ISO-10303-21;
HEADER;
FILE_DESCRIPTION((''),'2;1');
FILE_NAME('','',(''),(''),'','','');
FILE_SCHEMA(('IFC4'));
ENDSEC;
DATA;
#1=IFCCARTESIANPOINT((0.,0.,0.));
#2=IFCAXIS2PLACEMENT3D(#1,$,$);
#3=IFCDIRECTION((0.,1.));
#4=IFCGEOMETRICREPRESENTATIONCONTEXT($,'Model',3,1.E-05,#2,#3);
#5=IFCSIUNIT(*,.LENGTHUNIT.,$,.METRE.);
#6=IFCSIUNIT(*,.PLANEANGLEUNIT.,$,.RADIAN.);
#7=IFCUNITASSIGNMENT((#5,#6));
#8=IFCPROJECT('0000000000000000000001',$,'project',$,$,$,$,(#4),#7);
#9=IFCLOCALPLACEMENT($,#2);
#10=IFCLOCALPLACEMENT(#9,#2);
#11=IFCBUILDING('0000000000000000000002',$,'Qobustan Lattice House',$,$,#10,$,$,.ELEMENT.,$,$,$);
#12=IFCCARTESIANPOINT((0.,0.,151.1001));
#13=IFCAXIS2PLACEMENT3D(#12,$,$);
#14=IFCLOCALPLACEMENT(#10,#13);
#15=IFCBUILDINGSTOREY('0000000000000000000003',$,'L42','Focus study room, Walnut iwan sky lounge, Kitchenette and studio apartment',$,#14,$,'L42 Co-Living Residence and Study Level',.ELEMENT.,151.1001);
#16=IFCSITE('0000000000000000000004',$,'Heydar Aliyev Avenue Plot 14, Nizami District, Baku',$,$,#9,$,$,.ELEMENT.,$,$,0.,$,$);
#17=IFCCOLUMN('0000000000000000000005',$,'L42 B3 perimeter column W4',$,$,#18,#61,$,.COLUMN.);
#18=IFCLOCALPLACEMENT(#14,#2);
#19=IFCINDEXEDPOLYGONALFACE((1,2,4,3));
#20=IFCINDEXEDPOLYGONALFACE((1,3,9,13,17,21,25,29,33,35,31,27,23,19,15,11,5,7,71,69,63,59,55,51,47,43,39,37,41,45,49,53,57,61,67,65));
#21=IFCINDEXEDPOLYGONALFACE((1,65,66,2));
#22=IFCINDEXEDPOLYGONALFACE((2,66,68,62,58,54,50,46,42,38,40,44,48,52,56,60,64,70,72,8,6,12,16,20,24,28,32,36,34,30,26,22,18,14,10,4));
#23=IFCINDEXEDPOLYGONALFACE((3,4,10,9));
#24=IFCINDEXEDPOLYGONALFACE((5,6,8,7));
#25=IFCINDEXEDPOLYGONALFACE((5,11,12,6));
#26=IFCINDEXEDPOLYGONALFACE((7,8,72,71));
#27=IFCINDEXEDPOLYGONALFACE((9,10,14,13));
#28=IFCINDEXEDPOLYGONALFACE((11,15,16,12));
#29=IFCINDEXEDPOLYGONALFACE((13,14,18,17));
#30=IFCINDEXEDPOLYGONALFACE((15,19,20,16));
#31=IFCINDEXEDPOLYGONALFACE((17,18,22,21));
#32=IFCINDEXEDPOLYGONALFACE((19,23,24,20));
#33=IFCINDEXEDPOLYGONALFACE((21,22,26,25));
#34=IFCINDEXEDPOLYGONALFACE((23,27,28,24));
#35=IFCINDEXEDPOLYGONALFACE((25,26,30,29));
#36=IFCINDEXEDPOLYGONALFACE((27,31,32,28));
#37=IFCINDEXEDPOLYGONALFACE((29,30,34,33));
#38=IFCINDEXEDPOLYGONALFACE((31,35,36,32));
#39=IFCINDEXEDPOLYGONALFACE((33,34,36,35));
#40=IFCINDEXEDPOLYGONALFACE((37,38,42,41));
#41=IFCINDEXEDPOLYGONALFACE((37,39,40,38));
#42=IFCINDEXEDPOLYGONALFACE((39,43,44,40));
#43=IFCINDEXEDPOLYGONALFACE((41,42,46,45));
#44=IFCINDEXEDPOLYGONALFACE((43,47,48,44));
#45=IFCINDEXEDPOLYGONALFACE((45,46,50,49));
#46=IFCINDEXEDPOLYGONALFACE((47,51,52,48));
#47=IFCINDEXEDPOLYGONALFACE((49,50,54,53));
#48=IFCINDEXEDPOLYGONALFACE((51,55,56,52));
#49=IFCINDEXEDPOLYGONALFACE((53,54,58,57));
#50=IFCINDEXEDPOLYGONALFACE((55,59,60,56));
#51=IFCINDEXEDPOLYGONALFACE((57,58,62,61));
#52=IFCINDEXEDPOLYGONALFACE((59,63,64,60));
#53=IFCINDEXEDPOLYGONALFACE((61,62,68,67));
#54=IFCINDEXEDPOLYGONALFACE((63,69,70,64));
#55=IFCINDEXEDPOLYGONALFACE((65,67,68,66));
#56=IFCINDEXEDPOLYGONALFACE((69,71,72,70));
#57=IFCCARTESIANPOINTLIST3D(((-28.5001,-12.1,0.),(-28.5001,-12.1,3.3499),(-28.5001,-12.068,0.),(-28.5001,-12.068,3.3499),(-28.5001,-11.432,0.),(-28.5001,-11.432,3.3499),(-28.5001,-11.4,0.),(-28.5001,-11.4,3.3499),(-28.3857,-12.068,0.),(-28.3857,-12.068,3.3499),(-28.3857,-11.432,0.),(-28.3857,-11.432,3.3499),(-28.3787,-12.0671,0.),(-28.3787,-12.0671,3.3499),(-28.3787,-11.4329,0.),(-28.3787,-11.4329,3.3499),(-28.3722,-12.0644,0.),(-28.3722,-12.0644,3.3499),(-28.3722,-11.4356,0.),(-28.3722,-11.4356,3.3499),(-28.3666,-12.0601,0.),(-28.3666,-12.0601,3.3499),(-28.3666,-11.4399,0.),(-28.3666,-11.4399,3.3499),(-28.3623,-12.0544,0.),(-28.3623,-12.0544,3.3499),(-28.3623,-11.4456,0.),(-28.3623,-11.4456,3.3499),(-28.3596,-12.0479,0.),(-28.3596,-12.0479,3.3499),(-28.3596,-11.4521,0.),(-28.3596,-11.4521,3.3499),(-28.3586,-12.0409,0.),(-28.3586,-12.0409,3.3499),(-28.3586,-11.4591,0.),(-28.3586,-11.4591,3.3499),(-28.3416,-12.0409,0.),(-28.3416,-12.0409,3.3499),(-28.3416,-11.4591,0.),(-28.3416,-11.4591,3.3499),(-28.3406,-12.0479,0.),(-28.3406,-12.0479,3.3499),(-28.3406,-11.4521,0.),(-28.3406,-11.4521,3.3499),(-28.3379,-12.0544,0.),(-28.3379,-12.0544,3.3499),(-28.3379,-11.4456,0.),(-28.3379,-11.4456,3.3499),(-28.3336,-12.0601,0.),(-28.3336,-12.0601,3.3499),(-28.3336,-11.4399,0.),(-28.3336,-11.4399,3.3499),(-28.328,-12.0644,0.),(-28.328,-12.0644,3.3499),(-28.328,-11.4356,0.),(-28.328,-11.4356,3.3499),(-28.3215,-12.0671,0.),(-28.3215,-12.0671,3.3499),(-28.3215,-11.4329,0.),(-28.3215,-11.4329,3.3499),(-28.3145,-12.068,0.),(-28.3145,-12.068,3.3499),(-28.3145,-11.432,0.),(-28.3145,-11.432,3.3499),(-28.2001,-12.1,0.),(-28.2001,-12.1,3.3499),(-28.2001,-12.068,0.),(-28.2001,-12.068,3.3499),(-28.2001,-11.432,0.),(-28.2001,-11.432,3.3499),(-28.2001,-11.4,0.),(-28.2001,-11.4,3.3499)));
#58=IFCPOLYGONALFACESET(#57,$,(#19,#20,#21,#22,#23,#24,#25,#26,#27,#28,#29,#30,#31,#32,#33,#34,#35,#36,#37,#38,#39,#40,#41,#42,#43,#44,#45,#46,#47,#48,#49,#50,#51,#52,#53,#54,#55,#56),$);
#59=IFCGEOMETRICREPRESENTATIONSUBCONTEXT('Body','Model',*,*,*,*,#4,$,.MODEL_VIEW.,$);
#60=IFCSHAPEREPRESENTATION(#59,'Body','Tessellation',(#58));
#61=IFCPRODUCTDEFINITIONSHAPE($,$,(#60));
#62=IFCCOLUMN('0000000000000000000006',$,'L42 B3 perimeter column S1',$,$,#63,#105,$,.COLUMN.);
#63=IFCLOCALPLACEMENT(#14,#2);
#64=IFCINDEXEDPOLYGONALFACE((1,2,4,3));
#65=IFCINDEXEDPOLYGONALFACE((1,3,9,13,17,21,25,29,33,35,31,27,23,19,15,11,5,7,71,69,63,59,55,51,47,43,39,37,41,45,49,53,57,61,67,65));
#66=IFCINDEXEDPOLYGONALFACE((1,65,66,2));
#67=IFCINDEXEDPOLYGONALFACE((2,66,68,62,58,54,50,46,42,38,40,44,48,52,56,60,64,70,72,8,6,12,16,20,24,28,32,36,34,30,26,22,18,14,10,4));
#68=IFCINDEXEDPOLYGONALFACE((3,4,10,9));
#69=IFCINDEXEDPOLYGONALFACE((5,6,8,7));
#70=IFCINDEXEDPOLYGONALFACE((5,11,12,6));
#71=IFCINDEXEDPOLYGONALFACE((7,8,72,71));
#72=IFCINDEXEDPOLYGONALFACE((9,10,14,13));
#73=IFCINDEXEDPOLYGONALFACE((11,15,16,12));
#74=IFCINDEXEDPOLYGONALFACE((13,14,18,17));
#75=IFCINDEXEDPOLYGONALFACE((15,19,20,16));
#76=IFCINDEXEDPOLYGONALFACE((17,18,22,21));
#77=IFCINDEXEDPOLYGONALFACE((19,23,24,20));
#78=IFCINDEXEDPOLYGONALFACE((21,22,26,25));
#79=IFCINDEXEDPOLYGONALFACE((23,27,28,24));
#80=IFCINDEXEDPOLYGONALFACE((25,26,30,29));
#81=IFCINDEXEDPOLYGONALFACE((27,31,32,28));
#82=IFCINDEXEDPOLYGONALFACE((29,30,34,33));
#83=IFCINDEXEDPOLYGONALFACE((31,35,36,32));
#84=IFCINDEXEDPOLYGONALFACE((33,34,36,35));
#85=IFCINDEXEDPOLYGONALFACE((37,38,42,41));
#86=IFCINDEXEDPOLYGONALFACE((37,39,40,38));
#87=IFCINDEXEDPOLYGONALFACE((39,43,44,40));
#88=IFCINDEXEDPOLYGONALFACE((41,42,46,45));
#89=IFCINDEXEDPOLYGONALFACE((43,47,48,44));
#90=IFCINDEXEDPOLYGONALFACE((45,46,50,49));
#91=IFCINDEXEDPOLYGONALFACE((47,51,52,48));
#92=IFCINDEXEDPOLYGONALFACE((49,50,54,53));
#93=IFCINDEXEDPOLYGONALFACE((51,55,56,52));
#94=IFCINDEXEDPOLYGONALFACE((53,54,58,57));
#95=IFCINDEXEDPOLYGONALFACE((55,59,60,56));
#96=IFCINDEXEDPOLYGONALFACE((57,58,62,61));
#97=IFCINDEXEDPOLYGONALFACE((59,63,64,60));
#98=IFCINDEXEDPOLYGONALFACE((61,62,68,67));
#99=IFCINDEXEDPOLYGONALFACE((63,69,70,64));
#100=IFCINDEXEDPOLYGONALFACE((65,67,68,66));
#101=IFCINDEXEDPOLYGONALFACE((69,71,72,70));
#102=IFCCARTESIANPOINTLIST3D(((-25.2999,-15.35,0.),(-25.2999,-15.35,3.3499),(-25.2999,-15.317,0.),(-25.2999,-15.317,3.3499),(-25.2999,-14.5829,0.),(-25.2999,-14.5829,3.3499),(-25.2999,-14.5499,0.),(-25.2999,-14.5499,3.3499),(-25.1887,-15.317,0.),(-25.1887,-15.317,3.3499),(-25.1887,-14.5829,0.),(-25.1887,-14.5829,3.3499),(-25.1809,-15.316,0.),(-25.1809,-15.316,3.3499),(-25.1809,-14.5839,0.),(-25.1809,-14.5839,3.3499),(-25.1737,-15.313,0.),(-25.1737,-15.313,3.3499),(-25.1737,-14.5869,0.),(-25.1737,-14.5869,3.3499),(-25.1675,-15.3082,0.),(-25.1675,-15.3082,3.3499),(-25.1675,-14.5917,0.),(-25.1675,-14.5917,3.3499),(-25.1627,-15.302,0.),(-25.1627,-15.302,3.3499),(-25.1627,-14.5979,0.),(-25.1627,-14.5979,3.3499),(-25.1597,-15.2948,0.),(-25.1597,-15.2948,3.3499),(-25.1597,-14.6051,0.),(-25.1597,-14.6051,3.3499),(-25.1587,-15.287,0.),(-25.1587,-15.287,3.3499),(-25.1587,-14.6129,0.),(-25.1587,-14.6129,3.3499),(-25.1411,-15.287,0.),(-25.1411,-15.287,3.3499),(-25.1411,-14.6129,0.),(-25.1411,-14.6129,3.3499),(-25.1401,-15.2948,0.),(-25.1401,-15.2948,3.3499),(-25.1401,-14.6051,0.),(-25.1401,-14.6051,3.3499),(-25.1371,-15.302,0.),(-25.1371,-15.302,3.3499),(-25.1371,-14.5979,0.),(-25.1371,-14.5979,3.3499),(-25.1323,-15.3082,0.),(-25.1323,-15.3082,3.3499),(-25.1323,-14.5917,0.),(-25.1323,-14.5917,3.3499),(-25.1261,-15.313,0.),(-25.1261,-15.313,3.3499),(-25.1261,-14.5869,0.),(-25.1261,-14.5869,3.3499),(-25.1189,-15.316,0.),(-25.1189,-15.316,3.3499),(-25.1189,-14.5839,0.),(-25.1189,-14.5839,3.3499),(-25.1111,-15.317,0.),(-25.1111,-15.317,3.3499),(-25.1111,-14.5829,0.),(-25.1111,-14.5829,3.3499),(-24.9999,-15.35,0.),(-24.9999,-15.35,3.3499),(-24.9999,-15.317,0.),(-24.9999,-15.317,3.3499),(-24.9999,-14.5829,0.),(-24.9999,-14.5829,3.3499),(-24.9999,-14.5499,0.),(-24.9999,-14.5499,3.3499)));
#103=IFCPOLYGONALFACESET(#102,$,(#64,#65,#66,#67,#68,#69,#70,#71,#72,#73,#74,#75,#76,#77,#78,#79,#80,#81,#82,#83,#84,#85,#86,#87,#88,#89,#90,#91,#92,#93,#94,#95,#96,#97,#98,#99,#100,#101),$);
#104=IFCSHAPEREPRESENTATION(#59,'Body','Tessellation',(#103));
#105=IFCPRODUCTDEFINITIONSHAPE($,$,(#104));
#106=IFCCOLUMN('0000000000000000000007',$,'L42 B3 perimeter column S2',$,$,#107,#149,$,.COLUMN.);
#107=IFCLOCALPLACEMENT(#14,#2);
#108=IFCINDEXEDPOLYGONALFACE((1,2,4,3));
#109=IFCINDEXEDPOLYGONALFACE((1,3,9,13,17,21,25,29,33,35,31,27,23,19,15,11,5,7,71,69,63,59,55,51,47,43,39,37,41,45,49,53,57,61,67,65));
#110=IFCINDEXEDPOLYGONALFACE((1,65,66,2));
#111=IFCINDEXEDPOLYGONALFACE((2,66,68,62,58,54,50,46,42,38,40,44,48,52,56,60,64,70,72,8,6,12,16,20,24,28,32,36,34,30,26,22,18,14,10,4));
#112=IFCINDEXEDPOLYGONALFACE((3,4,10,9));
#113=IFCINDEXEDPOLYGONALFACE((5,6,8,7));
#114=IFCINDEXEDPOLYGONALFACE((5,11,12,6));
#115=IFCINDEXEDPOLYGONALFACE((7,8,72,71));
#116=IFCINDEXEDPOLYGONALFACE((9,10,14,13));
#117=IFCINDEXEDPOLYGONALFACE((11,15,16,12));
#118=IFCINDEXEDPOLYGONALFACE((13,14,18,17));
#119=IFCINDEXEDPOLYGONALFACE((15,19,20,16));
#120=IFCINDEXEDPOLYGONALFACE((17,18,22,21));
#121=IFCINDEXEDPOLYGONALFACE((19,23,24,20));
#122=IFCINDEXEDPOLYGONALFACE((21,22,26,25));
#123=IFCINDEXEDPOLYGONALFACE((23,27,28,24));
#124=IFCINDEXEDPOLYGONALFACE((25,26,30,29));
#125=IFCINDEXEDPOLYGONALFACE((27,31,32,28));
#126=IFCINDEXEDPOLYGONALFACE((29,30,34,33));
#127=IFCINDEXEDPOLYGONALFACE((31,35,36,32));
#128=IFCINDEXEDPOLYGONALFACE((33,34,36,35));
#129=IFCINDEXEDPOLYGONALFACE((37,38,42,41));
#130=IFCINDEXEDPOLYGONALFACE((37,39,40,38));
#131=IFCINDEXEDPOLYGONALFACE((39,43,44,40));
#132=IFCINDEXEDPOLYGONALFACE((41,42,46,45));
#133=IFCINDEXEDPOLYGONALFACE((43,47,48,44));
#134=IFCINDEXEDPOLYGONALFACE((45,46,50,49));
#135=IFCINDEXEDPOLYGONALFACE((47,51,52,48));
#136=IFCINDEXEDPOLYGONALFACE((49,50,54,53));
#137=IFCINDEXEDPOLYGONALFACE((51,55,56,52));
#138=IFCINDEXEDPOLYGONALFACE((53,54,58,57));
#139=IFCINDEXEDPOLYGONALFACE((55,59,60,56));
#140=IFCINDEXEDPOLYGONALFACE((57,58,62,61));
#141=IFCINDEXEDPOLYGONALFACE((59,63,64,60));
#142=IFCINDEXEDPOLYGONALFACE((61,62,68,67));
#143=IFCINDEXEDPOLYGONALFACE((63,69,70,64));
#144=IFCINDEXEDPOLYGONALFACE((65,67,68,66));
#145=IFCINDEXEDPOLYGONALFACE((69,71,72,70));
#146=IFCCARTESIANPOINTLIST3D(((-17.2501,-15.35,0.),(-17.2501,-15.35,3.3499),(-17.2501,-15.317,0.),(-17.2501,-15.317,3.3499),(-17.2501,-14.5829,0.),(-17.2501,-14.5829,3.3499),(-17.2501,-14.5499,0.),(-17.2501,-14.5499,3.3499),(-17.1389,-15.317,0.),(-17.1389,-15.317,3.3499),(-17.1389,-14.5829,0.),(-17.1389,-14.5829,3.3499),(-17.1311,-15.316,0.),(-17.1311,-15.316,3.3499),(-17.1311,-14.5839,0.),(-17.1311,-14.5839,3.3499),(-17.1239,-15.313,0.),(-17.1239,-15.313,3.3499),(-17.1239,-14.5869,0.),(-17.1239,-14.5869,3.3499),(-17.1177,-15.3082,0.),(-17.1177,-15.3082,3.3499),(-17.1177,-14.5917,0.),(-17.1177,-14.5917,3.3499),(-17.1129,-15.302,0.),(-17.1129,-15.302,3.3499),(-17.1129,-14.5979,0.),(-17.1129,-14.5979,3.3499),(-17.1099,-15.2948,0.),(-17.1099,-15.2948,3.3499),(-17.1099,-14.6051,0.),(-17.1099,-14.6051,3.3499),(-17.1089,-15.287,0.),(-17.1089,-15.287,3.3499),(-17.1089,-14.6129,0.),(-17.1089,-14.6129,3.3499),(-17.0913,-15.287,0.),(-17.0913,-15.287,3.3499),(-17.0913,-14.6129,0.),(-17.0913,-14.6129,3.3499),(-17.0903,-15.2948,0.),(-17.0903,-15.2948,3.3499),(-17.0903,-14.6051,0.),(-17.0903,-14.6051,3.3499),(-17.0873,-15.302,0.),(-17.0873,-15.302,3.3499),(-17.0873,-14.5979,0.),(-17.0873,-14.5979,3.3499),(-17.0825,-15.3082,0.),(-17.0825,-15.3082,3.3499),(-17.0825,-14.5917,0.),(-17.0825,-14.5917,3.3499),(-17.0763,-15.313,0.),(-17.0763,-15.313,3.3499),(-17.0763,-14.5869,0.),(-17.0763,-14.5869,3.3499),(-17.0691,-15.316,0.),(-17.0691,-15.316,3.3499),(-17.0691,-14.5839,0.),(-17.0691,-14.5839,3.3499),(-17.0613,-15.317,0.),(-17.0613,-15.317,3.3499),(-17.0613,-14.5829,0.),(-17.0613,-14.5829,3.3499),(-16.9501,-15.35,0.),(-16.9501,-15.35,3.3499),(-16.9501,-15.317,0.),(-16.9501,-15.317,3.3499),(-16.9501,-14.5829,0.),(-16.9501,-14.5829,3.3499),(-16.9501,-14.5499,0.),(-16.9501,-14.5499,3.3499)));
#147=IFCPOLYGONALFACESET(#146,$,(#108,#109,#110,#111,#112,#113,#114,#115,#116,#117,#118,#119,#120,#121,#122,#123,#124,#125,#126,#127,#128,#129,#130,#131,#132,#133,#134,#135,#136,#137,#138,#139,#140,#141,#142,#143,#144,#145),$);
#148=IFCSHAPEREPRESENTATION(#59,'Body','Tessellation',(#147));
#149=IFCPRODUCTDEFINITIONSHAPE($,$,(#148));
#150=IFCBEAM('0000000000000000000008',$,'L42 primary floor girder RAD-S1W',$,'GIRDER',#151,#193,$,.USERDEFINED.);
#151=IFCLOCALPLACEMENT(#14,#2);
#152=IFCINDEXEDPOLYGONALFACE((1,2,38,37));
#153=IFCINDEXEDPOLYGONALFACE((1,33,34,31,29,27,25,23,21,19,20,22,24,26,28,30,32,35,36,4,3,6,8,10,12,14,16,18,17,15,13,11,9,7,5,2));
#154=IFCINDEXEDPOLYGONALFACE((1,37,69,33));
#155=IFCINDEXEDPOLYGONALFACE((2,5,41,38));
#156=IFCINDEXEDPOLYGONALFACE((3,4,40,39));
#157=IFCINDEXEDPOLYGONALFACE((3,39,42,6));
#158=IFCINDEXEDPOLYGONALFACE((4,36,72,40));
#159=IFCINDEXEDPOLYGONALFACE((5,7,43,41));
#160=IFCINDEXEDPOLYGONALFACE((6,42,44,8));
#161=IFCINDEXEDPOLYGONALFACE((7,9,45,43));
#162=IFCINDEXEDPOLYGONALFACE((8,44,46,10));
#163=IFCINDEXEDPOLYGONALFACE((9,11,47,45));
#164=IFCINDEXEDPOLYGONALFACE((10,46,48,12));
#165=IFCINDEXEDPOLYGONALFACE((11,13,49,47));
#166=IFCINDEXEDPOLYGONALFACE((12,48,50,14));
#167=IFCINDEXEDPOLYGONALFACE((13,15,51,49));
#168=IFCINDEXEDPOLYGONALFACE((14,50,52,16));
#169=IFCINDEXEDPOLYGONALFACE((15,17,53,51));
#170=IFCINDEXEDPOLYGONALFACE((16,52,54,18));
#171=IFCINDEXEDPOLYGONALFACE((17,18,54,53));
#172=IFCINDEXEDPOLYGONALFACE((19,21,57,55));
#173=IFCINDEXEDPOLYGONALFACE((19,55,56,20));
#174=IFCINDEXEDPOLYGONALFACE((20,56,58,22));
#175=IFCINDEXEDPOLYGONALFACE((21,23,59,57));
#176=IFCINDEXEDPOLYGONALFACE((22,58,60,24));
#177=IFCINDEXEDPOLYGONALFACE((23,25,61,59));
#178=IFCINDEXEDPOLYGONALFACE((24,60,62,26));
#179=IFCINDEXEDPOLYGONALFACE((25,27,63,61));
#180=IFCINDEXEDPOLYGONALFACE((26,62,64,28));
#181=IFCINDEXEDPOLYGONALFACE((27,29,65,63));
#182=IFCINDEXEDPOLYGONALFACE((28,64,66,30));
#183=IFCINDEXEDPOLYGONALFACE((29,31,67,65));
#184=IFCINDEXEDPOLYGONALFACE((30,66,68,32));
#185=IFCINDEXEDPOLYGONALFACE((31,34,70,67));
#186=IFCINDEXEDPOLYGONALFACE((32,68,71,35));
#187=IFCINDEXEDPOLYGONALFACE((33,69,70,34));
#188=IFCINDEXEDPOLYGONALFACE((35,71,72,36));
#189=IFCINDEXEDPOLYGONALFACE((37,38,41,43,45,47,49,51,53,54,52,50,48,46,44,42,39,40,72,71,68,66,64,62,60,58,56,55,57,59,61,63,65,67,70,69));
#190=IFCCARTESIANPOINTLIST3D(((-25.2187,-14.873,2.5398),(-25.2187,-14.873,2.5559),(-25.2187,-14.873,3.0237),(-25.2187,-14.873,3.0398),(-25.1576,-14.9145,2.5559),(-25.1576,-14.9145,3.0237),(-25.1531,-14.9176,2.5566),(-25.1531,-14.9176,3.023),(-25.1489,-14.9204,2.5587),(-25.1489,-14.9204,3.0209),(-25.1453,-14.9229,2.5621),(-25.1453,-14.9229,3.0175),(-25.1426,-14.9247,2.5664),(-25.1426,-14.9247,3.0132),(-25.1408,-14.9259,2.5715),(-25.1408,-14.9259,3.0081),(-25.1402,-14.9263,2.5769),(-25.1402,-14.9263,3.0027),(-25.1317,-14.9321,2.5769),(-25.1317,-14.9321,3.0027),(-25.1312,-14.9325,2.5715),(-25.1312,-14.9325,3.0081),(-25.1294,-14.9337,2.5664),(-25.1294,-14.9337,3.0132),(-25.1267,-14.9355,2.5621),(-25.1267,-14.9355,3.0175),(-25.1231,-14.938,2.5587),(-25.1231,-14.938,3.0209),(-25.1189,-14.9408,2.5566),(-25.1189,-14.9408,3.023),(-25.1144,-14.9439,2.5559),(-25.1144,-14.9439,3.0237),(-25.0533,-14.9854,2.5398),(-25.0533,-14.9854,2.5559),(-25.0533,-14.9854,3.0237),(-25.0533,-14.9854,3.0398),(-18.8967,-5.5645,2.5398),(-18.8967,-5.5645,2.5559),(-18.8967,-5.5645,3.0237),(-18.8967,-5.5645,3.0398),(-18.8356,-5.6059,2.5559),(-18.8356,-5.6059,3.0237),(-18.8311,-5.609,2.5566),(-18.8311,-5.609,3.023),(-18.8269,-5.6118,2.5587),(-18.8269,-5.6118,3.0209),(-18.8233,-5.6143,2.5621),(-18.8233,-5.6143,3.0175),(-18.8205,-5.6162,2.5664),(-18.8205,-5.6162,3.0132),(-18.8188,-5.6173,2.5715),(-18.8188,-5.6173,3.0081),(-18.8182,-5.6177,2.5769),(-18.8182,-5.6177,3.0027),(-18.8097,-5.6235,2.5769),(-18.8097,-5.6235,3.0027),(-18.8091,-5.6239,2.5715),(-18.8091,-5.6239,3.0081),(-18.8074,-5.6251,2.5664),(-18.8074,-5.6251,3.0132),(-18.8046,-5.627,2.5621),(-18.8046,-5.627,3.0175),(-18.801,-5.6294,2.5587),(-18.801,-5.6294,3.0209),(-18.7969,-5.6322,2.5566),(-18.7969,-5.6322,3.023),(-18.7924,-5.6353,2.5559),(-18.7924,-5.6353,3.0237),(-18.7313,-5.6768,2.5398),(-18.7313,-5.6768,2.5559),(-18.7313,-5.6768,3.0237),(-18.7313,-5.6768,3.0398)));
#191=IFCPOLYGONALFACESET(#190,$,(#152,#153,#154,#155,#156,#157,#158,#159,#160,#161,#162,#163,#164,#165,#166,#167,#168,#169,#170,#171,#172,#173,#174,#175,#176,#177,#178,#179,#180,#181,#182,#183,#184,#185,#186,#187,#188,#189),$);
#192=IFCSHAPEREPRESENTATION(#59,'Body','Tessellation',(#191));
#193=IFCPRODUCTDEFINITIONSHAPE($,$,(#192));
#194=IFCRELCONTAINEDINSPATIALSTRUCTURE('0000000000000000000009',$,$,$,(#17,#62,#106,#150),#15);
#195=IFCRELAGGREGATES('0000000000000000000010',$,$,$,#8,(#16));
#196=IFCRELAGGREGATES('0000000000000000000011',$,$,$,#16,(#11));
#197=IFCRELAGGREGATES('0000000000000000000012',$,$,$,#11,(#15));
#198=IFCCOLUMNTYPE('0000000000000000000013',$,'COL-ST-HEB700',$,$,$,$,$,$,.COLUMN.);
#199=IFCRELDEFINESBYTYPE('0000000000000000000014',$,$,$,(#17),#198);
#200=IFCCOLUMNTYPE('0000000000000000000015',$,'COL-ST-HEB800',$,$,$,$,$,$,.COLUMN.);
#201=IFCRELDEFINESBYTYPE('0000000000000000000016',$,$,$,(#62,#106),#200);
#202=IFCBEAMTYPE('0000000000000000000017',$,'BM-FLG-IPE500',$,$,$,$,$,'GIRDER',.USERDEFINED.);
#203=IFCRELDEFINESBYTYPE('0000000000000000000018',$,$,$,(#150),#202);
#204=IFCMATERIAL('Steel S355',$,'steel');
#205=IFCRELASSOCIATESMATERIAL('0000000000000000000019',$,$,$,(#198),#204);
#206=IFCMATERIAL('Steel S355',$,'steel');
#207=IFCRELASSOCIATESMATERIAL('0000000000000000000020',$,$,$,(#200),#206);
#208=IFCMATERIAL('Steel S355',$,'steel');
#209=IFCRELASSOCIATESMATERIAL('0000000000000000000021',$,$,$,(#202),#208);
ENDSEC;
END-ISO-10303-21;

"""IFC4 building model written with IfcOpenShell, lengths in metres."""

from ifc_helpers import new_model, si_unit, direction, frame, origin, origin_2d, place, context, subcontext, project, spatial, i_section, extrude, material, material_profile, profile_set, type_object, element, save


model = new_model("IFC4")

# Units and contexts
model_context = context("Model", 3, precision=1e-05, world=origin(), true_north=direction((0.0, 1.0)))
body_context = subcontext(model_context, "Body", "Model", "MODEL_VIEW")
ifc_project = project(units=[si_unit("LENGTHUNIT", "METRE"), si_unit("PLANEANGLEUNIT", "RADIAN")], contexts=[model_context])

# Site, building, storey
site_placement = place(None, origin())
site = spatial("IfcSite", under=ifc_project, at=site_placement, Name="Heydar Aliyev Avenue Plot 14, Nizami District, Baku", CompositionType="ELEMENT", RefElevation=0.0)
building_placement = place(site_placement, origin())
building = spatial("IfcBuilding", under=site, at=building_placement, Name="Qobustan Lattice House", CompositionType="ELEMENT")
storey_placement = place(building_placement, frame((0.0, 0.0, 151.1001)))
storey = spatial("IfcBuildingStorey", under=building, at=storey_placement, Name="L42", Description="Focus study room, Walnut iwan sky lounge, Kitchenette and studio apartment", LongName="L42 Co-Living Residence and Study Level", CompositionType="ELEMENT", Elevation=151.1001)

# Columns
ifc_material_1 = material(Name="Steel S355", Category="steel")
ifc_material_profile_1 = material_profile(ifc_material_1, i_section(OverallWidth=0.3, OverallDepth=0.7, WebThickness=0.0171, FlangeThickness=0.032, FilletRadius=0.0271, at=origin_2d()), Name="HEB700")
ifc_profile_set_1 = profile_set([ifc_material_profile_1], Name="Steel S355")
column_type_1 = type_object("IfcColumnType", Name="COL-ST-HEB700", PredefinedType="COLUMN", material=ifc_profile_set_1)
column_placement = place(storey_placement, frame((-28.3501, -11.75, 0.0), z_axis=(0.0, 0.0, 1.0), x_axis=(1.0, 0.0, 0.0)))
element("IfcColumn", 1, at=column_placement, inside=storey, type_object=column_type_1, Name="L42 B3 perimeter column W4", PredefinedType="COLUMN", context=body_context, shape_type="SweptSolid", body=[
    extrude(i_section(OverallWidth=0.3, OverallDepth=0.7, WebThickness=0.0171, FlangeThickness=0.032, FilletRadius=0.0271, at=origin_2d()), origin(), (0.0, 0.0, 1.0), 3.3499),
])
ifc_material_2 = material(Name="Steel S355", Category="steel")
ifc_material_profile_2 = material_profile(ifc_material_2, i_section(OverallWidth=0.3, OverallDepth=0.8, WebThickness=0.0176, FlangeThickness=0.033, FilletRadius=0.03, at=origin_2d()), Name="HEB800")
ifc_profile_set_2 = profile_set([ifc_material_profile_2], Name="Steel S355")
column_type_2 = type_object("IfcColumnType", Name="COL-ST-HEB800", PredefinedType="COLUMN", material=ifc_profile_set_2)
for number, where, z_axis, x_axis, name in (
    (2, (-25.1499, -14.95, 0.0), (0.0, 0.0, 1.0), (1.0, 0.0, 0.0), "L42 B3 perimeter column S1"),
    (3, (-17.1001, -14.95, 0.0), (0.0, 0.0, 1.0), (1.0, 0.0, 0.0), "L42 B3 perimeter column S2"),
):
    element("IfcColumn", number, at=place(storey_placement, frame(where, z_axis=z_axis, x_axis=x_axis)), inside=storey, type_object=column_type_2, Name=name, PredefinedType="COLUMN", context=body_context, shape_type="SweptSolid", body=[
        extrude(i_section(OverallWidth=0.3, OverallDepth=0.8, WebThickness=0.0176, FlangeThickness=0.033, FilletRadius=0.03, at=origin_2d()), origin(), (0.0, 0.0, 1.0), 3.3499),
    ])

# Beam
ifc_material_3 = material(Name="Steel S355", Category="steel")
ifc_material_profile_3 = material_profile(ifc_material_3, i_section(OverallWidth=0.2, OverallDepth=0.5, WebThickness=0.0103, FlangeThickness=0.0161, FilletRadius=0.021, at=origin_2d()), Name="IPE500")
ifc_profile_set_3 = profile_set([ifc_material_profile_3], Name="Steel S355")
beam_type_1 = type_object("IfcBeamType", Name="BM-FLG-IPE500", ElementType="GIRDER", PredefinedType="USERDEFINED", material=ifc_profile_set_3)
beam_1_placement = place(storey_placement, frame((-25.136, -14.9292, 2.7898), z_axis=(0.561835, 0.82725, 0.0), x_axis=(-0.82725, 0.561835, 0.0)))
element("IfcBeam", 4, at=beam_1_placement, inside=storey, type_object=beam_type_1, Name="L42 primary floor girder RAD-S1W", ObjectType="GIRDER", PredefinedType="USERDEFINED", context=body_context, shape_type="SweptSolid", body=[
    extrude(i_section(OverallWidth=0.2, OverallDepth=0.5, WebThickness=0.0103, FlangeThickness=0.0161, FilletRadius=0.021, at=origin_2d()), origin(), (0.0, 0.0, 1.0), 11.2524),
])

save(model, "model.ifc")
